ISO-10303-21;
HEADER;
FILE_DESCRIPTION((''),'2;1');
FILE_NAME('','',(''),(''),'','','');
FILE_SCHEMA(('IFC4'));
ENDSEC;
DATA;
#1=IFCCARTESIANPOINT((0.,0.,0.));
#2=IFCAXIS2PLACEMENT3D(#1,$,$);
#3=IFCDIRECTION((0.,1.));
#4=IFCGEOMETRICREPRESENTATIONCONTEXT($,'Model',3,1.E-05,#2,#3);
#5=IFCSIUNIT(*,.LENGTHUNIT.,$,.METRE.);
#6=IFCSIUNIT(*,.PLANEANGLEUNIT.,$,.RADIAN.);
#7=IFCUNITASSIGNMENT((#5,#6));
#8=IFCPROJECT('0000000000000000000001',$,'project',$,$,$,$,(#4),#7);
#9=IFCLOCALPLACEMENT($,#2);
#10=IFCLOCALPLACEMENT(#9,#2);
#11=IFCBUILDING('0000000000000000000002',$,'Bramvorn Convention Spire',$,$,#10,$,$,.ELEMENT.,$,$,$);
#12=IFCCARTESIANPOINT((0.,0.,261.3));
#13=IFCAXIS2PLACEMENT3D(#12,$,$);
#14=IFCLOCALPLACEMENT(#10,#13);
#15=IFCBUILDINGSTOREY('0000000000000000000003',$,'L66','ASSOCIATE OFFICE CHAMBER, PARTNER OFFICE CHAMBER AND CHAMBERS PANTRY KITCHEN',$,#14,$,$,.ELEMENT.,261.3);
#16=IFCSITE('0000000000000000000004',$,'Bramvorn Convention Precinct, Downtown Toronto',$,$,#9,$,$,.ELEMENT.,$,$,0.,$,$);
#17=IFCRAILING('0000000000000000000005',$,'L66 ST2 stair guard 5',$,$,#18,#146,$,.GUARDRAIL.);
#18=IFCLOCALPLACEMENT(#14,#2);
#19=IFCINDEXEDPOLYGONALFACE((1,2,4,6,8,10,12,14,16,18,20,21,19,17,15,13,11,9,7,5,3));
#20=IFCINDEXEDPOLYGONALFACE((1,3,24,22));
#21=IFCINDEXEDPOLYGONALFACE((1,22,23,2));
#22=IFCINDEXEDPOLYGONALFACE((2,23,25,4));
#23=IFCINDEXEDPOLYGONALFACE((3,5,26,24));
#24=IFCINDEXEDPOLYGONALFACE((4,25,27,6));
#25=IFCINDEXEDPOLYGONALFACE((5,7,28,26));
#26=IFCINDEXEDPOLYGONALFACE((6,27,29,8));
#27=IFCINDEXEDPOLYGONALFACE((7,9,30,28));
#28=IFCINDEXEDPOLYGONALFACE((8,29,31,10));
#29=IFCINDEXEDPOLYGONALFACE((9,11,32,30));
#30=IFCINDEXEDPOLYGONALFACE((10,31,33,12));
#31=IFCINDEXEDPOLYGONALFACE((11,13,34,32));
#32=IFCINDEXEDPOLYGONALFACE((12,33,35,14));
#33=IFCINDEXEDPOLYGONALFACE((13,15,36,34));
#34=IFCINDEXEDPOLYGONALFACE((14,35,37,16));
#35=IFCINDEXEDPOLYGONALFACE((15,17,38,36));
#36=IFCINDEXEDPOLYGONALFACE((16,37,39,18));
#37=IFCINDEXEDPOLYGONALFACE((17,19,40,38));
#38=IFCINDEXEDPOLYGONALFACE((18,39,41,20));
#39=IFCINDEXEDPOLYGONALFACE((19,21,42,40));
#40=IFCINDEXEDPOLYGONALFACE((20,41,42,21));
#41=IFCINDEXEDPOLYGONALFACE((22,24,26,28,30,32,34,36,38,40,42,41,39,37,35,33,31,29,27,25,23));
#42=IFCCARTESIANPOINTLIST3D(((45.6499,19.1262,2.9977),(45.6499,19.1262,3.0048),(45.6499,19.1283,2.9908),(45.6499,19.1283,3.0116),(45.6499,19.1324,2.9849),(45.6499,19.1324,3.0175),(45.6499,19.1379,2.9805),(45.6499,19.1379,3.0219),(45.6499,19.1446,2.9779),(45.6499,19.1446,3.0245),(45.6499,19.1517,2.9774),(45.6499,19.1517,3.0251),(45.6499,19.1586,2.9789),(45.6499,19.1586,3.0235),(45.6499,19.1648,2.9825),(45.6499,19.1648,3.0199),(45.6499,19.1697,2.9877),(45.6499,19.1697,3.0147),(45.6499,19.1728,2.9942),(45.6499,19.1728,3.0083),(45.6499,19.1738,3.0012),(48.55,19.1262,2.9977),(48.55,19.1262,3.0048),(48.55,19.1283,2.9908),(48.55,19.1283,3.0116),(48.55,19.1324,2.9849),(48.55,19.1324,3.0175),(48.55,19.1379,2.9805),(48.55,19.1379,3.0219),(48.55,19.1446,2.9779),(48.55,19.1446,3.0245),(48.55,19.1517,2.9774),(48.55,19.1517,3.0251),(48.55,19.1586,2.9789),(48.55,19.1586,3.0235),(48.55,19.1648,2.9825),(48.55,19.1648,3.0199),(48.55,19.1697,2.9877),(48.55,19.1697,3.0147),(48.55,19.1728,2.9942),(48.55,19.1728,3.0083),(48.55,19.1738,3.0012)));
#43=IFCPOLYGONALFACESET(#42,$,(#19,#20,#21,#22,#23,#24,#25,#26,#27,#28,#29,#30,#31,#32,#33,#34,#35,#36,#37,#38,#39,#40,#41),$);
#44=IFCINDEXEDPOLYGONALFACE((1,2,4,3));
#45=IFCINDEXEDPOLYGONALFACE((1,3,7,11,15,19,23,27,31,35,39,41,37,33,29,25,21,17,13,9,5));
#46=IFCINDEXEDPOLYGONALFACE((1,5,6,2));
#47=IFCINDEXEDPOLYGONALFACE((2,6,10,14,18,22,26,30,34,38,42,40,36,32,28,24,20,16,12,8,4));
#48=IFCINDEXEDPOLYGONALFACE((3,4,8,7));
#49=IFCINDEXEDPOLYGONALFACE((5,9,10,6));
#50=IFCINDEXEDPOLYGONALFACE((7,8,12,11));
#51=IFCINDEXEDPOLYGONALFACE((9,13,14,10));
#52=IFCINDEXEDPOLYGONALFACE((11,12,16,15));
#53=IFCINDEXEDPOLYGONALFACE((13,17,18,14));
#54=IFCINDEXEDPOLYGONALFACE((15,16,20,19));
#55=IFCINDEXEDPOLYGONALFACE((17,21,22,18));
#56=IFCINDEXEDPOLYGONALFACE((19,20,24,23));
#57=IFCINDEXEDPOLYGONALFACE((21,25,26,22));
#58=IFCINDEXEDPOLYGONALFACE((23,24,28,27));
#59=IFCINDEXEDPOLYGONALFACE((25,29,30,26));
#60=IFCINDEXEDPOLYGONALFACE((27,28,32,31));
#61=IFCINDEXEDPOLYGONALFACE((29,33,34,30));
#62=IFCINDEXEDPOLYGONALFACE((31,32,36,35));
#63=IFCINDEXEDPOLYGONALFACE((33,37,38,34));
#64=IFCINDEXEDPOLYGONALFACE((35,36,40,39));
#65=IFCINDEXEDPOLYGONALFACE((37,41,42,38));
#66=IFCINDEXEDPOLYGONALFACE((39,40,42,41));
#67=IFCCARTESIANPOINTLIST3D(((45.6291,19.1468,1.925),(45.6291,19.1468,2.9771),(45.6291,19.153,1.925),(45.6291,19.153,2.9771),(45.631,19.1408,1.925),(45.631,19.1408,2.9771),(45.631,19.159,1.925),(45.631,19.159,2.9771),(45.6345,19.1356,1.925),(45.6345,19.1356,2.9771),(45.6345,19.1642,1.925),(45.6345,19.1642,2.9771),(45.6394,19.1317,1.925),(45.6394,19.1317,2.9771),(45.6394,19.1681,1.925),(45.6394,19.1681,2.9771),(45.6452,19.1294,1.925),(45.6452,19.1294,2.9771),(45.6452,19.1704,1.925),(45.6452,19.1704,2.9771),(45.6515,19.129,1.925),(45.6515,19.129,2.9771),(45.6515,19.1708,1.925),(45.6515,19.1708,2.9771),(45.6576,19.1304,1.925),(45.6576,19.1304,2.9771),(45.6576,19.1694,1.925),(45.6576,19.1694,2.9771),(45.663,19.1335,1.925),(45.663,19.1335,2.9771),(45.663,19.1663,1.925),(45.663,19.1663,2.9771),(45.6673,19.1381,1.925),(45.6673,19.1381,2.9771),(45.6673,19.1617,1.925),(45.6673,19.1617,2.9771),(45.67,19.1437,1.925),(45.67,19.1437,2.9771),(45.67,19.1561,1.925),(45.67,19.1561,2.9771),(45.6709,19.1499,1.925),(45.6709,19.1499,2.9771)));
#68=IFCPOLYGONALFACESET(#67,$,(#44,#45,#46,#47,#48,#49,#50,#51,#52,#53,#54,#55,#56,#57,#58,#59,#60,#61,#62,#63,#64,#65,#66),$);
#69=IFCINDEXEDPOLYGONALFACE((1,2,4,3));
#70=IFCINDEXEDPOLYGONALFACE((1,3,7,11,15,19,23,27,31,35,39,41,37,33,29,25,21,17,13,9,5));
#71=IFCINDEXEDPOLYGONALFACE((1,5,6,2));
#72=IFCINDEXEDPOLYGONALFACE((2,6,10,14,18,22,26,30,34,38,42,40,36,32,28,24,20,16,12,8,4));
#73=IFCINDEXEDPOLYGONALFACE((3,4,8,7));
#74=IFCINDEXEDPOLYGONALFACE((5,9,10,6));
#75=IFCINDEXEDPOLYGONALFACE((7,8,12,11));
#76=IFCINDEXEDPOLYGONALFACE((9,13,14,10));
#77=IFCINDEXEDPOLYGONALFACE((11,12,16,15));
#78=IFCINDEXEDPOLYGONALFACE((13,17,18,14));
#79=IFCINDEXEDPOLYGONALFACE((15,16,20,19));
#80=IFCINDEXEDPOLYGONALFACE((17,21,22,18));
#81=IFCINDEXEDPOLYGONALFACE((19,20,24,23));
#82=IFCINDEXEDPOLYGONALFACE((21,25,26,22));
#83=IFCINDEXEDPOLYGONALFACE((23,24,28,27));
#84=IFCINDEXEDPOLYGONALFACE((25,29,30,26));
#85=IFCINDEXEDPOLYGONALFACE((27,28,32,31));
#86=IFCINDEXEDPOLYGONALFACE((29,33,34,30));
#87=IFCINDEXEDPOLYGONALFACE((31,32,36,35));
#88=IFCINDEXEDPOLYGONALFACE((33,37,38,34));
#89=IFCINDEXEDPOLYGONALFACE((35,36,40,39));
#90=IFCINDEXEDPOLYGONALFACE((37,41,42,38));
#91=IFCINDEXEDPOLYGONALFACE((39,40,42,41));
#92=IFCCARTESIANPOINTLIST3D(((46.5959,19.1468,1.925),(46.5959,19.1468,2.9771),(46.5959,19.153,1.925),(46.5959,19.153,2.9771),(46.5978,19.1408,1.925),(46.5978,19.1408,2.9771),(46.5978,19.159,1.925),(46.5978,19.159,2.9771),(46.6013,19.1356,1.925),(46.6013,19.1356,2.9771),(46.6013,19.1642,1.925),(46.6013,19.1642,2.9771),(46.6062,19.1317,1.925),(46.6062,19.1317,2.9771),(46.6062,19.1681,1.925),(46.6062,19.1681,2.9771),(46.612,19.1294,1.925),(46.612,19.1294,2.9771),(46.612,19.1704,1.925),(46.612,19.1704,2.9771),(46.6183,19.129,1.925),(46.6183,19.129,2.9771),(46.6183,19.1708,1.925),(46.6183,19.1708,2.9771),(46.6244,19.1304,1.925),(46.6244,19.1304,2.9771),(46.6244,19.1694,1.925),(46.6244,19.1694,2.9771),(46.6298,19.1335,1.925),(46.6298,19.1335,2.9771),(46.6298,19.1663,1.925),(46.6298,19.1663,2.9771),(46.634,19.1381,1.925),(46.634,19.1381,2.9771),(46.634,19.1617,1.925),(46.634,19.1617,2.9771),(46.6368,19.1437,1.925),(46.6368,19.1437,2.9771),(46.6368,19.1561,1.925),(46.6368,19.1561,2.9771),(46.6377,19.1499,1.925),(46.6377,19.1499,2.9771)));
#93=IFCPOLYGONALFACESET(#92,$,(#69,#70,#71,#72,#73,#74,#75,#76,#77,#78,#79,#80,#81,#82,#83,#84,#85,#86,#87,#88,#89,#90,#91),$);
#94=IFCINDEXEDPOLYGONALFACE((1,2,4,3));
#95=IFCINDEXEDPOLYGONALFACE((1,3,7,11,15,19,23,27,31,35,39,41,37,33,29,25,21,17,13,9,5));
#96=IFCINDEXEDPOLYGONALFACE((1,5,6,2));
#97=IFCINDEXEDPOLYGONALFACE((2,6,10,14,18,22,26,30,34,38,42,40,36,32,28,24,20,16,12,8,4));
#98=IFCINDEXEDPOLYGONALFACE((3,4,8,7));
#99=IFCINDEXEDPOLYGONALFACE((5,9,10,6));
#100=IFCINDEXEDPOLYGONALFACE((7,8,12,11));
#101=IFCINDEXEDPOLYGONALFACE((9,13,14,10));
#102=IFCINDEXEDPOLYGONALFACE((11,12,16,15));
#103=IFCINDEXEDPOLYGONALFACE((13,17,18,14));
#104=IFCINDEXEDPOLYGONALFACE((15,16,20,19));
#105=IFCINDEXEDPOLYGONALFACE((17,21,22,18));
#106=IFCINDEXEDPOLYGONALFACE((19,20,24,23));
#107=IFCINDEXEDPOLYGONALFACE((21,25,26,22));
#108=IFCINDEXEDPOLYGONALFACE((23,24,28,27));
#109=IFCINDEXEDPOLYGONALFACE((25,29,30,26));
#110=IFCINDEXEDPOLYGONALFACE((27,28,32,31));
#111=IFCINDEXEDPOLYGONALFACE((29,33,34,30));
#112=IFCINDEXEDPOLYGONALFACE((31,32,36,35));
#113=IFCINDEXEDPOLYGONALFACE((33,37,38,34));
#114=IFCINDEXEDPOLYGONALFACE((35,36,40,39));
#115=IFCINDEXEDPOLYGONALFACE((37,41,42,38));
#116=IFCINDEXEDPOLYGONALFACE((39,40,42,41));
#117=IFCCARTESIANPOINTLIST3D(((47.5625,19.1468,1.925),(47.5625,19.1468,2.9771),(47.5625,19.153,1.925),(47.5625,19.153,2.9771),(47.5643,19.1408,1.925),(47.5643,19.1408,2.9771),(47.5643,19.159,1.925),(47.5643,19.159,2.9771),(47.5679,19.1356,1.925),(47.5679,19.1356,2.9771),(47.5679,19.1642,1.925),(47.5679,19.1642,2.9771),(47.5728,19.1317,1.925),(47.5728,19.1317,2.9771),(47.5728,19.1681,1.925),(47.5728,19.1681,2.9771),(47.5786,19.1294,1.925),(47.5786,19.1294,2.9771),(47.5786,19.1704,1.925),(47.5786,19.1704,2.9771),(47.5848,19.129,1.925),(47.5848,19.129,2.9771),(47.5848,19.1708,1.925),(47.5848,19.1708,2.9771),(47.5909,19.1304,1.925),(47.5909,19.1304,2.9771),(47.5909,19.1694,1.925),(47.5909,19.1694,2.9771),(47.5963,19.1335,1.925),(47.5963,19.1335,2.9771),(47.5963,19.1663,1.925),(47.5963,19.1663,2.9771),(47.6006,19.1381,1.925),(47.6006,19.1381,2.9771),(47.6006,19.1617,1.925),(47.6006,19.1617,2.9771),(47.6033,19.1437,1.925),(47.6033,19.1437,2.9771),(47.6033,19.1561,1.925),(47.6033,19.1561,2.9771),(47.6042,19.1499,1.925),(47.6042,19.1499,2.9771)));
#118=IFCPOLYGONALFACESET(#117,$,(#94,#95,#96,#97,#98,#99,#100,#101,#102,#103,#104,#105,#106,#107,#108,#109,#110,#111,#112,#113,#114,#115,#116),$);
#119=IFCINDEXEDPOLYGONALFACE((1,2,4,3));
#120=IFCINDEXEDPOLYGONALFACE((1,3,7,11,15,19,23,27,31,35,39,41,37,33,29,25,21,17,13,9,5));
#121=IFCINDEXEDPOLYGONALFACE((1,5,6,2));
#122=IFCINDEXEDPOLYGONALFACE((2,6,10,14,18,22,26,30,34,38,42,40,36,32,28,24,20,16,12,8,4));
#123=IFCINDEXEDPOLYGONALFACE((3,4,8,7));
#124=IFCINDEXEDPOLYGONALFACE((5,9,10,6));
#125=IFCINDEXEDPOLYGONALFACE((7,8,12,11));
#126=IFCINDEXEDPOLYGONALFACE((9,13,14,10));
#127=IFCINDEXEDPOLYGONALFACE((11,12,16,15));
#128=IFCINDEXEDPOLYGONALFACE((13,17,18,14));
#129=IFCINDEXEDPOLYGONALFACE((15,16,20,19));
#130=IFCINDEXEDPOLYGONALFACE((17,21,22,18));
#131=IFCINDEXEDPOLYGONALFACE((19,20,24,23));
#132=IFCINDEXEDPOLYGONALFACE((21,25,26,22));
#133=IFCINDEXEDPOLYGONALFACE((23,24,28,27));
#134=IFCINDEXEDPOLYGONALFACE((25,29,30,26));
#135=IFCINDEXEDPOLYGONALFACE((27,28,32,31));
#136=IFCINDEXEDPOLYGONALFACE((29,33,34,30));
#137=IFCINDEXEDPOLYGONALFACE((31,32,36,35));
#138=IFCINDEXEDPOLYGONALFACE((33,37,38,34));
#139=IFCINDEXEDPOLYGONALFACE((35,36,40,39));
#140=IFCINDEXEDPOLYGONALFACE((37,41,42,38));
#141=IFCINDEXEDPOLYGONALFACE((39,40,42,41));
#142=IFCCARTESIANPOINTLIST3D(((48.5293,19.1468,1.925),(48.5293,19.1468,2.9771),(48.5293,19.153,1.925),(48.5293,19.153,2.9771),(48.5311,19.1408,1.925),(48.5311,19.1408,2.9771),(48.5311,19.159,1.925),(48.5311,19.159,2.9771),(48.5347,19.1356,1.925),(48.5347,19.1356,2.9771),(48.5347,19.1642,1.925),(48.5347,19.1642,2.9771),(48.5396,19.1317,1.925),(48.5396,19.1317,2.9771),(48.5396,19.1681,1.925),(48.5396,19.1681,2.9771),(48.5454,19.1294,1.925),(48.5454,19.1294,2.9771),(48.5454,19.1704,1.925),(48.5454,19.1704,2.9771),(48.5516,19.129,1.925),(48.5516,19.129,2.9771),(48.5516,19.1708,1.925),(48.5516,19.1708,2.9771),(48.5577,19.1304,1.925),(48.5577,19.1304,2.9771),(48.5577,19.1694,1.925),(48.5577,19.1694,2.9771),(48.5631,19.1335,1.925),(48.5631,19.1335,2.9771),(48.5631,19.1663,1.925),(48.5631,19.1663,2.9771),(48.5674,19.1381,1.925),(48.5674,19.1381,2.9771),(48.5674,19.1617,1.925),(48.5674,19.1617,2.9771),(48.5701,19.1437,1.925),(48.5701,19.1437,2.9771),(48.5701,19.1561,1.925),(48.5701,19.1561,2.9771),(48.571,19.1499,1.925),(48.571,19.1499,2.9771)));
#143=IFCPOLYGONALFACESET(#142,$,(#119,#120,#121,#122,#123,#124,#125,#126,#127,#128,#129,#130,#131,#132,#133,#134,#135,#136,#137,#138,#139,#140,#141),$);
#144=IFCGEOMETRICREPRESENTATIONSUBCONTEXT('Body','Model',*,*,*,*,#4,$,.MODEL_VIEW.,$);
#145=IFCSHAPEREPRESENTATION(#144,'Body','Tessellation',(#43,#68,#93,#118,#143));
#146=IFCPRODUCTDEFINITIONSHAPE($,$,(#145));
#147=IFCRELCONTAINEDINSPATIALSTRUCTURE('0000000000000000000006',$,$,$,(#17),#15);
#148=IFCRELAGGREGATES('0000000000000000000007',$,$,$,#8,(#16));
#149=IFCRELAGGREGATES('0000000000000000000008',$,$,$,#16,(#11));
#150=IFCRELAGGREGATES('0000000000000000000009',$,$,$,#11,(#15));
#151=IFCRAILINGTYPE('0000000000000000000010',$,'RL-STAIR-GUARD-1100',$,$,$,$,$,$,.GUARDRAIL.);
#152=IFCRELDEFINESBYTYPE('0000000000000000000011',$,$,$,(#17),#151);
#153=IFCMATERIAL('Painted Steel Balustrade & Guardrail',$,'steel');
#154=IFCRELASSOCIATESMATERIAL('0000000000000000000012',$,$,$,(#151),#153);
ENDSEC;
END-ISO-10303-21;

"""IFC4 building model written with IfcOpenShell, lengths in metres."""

from ifc_helpers import new_model, si_unit, direction, frame, origin, origin_2d, place, context, subcontext, project, spatial, circle, extrude, material, type_object, element, save


model = new_model("IFC4")

# Units and contexts
model_context = context("Model", 3, precision=1e-05, world=origin(), true_north=direction((0.0, 1.0)))
body_context = subcontext(model_context, "Body", "Model", "MODEL_VIEW")
ifc_project = project(units=[si_unit("LENGTHUNIT", "METRE"), si_unit("PLANEANGLEUNIT", "RADIAN")], contexts=[model_context])

# Site, building, storey
site_placement = place(None, origin())
site = spatial("IfcSite", under=ifc_project, at=site_placement, Name="Bramvorn Convention Precinct, Downtown Toronto", CompositionType="ELEMENT", RefElevation=0.0)
building_placement = place(site_placement, origin())
building = spatial("IfcBuilding", under=site, at=building_placement, Name="Bramvorn Convention Spire", CompositionType="ELEMENT")
storey_placement = place(building_placement, frame((0.0, 0.0, 261.3)))
storey = spatial("IfcBuildingStorey", under=building, at=storey_placement, Name="L66", Description="ASSOCIATE OFFICE CHAMBER, PARTNER OFFICE CHAMBER AND CHAMBERS PANTRY KITCHEN", CompositionType="ELEMENT", Elevation=261.3)

# Railing
ifc_material_1 = material(Name="Painted Steel Balustrade & Guardrail", Category="steel")
railing_type = type_object("IfcRailingType", Name="RL-STAIR-GUARD-1100", PredefinedType="GUARDRAIL", material=ifc_material_1)
railing_1_placement = place(storey_placement, frame((45.6499, 19.1499, 1.925)))
element("IfcRailing", 1, at=railing_1_placement, inside=storey, type_object=railing_type, Name="L66 ST2 stair guard 5", PredefinedType="GUARDRAIL", context=body_context, shape_type="SweptSolid", body=[
    extrude(circle(Radius=0.0239, at=origin_2d()), frame((0.0, 0.0, 1.0762), z_axis=(1.0, 0.0, 0.0), x_axis=(0.0, 1.0, 0.0)), (0.0, 0.0, 1.0), 2.9001),
    extrude(circle(Radius=0.021, at=origin_2d()), origin(), (0.0, 0.0, 1.0), 1.052),
    extrude(circle(Radius=0.021, at=origin_2d()), frame((0.9668, 0.0, 0.0)), (0.0, 0.0, 1.0), 1.052),
    extrude(circle(Radius=0.021, at=origin_2d()), frame((1.9333, 0.0, 0.0)), (0.0, 0.0, 1.0), 1.052),
    extrude(circle(Radius=0.021, at=origin_2d()), frame((2.9001, 0.0, 0.0)), (0.0, 0.0, 1.0), 1.052),
])

save(model, "model.ifc")
